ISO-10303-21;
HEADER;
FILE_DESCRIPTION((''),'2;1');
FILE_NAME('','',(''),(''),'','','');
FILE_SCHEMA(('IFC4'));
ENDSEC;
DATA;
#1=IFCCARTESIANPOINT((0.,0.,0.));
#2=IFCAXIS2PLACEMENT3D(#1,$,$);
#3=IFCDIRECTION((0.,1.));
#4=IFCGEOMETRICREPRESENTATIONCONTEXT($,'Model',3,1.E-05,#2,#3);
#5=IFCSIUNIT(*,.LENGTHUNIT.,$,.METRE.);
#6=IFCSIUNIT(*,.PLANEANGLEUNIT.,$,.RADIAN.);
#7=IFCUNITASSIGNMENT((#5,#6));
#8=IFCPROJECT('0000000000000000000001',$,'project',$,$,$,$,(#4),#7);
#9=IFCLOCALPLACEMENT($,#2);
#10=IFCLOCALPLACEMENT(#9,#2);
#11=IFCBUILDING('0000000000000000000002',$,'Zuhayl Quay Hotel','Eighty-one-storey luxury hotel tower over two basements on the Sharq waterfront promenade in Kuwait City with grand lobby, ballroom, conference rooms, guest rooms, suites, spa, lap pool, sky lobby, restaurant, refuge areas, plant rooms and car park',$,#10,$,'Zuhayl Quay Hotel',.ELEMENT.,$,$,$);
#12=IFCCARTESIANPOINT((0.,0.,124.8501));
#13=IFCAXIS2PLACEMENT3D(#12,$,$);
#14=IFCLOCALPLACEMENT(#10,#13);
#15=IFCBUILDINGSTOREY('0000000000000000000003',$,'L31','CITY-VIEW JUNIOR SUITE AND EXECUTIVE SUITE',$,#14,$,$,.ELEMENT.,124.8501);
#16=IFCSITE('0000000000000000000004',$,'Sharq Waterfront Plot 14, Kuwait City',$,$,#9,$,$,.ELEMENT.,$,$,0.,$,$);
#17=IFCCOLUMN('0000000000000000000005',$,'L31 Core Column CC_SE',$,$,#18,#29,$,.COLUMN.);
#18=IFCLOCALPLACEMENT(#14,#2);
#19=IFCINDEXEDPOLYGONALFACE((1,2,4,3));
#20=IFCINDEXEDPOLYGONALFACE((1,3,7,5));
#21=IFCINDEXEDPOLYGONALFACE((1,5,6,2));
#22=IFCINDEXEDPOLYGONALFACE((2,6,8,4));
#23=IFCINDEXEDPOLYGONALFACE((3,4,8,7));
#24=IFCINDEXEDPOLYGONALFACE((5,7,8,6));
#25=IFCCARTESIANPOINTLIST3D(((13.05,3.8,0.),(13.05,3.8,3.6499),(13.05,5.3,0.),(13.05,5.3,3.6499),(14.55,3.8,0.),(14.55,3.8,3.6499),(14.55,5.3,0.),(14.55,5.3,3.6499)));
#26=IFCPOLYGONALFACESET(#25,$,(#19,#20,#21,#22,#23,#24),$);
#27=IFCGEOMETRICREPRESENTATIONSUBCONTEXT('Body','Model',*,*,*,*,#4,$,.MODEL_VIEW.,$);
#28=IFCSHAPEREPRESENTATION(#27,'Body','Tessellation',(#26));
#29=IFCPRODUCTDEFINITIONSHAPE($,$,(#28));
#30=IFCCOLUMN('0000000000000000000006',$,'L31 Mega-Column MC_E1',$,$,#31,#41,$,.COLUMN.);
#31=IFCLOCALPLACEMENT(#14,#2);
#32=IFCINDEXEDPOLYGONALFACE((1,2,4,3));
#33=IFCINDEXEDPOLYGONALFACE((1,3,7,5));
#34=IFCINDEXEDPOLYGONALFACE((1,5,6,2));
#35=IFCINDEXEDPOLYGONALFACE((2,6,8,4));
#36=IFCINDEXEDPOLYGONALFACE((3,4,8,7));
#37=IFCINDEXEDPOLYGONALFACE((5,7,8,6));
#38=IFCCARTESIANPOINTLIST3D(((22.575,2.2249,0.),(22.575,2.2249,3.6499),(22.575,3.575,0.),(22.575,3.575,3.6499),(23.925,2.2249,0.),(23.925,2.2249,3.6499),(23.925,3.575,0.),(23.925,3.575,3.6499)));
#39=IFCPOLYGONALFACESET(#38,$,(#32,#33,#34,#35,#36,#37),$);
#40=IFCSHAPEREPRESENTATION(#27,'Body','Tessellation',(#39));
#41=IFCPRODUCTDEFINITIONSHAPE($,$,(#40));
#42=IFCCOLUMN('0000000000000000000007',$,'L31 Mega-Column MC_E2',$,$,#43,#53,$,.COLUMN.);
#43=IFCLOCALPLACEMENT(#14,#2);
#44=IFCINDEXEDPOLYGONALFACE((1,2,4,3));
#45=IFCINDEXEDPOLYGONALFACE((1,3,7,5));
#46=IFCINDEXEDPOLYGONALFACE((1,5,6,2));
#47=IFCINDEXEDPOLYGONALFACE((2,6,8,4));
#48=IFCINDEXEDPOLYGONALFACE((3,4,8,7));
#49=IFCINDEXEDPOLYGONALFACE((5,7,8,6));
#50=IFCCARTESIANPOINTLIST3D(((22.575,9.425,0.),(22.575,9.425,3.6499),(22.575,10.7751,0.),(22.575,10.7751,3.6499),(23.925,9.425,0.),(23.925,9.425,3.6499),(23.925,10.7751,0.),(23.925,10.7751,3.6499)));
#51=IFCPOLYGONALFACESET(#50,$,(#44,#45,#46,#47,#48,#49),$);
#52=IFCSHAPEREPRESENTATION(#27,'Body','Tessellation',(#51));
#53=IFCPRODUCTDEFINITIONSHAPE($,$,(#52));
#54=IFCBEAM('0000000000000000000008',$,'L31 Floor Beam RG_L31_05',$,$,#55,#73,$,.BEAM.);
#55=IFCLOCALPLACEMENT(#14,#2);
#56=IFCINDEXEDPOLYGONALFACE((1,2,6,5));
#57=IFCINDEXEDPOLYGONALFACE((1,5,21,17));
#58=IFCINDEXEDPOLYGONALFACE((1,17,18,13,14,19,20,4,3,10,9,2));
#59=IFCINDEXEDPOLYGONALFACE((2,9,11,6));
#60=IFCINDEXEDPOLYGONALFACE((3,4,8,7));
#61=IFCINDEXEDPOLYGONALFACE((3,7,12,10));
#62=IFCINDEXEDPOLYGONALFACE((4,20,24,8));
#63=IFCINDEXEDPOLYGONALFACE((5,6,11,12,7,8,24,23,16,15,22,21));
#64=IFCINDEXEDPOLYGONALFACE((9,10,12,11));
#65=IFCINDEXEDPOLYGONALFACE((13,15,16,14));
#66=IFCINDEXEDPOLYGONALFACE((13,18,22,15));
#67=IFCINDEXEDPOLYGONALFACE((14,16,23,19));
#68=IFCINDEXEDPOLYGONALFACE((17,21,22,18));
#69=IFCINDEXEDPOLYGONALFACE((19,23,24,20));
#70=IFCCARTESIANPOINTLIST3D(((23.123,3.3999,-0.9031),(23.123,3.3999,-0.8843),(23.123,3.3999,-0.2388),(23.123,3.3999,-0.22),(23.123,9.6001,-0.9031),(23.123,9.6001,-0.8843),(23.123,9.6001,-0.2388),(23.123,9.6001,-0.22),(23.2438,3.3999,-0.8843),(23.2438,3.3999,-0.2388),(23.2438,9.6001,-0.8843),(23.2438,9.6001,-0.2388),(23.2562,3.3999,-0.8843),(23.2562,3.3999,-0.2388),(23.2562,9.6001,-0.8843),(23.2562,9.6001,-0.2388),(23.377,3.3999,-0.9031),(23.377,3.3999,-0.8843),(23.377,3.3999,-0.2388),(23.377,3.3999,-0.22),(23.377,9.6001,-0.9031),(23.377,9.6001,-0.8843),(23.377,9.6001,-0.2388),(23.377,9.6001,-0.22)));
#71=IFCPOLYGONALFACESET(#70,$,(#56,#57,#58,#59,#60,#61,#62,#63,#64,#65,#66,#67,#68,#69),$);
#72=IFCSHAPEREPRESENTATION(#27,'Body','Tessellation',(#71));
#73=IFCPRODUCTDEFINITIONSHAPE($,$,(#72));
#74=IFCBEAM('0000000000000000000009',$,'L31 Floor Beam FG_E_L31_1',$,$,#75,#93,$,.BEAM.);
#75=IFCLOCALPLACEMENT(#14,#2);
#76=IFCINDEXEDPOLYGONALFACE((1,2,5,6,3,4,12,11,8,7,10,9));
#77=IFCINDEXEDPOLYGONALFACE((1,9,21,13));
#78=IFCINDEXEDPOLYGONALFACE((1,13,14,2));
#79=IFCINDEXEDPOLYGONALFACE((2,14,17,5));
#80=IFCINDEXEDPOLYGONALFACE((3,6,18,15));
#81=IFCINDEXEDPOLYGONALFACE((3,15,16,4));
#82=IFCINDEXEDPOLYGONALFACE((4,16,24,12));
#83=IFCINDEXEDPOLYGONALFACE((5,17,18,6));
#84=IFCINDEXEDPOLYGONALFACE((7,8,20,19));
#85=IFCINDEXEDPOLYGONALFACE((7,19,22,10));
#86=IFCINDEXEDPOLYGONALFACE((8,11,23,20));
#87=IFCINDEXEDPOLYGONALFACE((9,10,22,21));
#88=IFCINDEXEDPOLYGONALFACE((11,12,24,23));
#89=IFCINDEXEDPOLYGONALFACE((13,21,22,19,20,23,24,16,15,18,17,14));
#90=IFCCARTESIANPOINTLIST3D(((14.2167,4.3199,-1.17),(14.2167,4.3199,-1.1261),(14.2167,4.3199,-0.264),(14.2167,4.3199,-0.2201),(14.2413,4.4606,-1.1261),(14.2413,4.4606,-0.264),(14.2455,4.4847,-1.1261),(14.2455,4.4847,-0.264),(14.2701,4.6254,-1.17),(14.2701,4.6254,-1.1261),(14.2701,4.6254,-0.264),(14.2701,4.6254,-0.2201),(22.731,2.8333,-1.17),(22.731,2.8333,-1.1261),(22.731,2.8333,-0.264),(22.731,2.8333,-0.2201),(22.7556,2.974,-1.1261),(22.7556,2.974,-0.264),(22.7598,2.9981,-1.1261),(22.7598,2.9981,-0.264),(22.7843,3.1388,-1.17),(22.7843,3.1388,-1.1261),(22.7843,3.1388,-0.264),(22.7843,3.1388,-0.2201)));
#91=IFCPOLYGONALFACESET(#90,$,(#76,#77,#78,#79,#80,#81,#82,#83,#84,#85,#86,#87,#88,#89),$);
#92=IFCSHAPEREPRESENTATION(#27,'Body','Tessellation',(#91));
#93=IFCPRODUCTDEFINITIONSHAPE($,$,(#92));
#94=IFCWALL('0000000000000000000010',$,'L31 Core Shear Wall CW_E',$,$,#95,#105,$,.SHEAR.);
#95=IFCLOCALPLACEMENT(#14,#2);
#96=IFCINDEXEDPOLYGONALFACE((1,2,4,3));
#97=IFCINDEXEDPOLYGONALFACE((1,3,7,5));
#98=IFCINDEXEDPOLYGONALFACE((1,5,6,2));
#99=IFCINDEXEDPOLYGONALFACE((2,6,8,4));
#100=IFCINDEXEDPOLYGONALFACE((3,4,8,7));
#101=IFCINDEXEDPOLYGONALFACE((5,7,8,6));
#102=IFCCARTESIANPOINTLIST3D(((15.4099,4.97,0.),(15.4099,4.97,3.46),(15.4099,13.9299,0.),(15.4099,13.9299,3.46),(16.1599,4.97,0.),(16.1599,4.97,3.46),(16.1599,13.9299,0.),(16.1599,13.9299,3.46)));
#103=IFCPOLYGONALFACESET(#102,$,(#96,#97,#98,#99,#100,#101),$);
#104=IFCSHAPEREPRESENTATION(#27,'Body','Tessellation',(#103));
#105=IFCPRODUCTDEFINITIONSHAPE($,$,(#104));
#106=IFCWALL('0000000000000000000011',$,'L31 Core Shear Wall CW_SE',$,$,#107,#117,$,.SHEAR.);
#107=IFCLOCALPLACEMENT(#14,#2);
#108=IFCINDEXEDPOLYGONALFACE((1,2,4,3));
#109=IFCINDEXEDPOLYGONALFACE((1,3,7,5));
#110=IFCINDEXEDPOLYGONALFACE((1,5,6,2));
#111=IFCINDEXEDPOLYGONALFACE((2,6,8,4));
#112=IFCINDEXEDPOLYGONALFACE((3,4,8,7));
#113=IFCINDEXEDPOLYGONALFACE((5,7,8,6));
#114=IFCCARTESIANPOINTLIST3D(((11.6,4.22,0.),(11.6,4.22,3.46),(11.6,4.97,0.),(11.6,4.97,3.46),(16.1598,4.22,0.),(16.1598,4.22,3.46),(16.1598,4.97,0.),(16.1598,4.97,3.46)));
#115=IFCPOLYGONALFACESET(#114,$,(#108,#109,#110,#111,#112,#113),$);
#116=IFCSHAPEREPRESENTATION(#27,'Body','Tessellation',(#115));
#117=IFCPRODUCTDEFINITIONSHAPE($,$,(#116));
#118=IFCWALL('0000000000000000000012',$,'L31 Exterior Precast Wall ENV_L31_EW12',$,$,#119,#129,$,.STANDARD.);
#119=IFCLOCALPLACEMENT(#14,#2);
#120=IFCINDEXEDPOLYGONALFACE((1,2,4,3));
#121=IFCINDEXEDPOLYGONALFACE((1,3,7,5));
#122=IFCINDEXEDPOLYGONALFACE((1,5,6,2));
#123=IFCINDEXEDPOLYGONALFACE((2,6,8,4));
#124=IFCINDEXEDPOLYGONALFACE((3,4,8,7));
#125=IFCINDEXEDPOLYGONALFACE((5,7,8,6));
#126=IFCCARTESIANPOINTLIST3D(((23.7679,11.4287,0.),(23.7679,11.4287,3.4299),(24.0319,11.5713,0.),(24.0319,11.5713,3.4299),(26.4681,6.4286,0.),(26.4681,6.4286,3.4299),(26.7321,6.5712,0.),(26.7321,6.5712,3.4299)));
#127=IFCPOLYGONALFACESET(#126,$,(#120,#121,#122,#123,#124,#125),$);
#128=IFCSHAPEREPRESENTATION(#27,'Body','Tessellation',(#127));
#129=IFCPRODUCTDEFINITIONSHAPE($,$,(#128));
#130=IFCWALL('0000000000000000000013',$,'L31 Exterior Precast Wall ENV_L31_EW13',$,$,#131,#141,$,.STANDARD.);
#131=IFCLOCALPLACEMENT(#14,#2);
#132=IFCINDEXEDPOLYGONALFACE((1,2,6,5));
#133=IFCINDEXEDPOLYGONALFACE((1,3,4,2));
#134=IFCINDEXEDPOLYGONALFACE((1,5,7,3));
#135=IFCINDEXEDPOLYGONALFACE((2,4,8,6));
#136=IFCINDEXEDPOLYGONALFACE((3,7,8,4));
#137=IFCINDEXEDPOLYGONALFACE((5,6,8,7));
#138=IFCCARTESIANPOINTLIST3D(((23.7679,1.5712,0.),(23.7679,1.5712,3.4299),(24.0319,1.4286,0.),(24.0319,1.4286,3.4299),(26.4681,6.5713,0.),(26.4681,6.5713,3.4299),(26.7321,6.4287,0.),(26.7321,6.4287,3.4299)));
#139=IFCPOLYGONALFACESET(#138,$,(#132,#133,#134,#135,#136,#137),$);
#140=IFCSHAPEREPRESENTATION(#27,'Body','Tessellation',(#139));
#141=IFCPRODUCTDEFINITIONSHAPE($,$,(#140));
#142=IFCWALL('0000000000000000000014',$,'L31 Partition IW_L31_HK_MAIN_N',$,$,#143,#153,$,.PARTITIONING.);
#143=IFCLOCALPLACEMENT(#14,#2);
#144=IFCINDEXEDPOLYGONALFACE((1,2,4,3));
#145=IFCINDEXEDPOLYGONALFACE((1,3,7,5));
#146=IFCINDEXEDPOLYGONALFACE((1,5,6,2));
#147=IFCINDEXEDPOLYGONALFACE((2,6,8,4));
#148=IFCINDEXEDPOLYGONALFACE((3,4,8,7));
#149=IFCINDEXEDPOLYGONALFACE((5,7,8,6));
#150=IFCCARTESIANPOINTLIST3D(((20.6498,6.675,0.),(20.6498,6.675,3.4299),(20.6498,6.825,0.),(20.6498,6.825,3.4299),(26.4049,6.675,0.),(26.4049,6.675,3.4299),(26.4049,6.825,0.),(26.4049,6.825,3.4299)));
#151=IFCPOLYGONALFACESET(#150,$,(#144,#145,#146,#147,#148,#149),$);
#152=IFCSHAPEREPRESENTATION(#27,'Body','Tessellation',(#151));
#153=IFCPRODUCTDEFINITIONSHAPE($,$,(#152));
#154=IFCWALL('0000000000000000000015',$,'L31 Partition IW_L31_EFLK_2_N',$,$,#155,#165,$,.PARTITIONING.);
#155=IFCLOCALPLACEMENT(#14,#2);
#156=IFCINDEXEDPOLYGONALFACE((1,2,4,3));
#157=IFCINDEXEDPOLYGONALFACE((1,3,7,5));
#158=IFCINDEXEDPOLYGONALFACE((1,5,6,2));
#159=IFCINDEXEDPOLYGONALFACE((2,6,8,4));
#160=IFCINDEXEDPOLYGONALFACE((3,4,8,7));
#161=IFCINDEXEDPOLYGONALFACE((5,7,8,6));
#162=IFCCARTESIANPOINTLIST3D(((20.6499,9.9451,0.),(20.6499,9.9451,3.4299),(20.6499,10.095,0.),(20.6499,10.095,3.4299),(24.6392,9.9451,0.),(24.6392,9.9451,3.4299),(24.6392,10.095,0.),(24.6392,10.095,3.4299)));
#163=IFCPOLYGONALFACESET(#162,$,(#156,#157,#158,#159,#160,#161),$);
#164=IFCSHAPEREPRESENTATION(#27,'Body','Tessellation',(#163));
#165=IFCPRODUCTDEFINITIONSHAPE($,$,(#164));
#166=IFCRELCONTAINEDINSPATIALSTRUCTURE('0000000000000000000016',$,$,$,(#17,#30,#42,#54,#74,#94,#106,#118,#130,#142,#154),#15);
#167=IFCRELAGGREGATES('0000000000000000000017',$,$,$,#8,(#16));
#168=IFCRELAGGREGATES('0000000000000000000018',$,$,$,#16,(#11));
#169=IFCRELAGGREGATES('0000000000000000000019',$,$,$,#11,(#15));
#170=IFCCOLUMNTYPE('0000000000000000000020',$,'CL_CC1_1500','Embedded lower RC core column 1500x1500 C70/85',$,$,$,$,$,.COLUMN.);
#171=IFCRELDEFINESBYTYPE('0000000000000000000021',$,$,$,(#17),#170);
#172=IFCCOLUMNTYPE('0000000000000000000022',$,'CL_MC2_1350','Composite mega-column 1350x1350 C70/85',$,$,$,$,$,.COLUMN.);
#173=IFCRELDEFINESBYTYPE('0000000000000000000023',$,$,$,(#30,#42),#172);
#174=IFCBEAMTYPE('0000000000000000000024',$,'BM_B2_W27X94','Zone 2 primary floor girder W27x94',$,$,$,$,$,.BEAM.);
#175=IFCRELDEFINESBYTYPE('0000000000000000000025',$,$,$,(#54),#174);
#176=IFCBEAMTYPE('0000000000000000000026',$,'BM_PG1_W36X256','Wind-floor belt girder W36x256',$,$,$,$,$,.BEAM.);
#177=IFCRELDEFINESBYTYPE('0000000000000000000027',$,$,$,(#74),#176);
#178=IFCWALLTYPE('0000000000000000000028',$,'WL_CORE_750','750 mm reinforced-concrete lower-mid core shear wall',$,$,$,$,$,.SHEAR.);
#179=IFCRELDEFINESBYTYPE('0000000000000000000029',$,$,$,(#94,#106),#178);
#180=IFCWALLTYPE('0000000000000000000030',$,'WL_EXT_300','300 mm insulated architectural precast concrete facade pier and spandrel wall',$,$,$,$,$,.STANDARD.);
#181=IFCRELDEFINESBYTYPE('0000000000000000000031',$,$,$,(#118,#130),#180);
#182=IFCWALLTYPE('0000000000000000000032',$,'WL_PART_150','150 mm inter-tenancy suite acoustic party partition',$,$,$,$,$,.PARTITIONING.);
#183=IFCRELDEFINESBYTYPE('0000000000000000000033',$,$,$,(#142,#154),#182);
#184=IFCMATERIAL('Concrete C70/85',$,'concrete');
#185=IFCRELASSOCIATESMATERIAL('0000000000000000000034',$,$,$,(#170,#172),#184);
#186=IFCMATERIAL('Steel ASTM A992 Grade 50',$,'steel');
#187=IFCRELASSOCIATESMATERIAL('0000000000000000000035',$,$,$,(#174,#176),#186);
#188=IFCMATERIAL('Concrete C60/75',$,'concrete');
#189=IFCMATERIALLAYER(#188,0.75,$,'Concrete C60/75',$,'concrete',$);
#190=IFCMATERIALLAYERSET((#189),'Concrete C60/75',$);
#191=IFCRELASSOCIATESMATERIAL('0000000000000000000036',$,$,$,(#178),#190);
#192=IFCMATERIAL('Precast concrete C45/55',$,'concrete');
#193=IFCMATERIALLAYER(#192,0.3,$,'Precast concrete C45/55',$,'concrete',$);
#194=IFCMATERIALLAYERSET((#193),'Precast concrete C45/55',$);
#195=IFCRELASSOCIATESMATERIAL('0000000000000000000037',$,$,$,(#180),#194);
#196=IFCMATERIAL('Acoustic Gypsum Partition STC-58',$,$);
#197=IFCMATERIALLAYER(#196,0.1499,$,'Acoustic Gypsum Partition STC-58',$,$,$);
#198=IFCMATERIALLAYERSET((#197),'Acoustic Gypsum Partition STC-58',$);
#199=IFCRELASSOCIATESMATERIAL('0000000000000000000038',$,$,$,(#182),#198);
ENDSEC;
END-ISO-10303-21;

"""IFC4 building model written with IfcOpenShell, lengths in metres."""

from ifc_helpers import new_model, si_unit, direction, frame, frame_2d, origin, origin_2d, place, context, subcontext, project, spatial, rectangle, i_section, extrude, material, layer, layer_set, material_profile, profile_set, type_object, element, save


model = new_model("IFC4")

# Units and contexts
model_context = context("Model", 3, precision=1e-05, world=origin(), true_north=direction((0.0, 1.0)))
body_context = subcontext(model_context, "Body", "Model", "MODEL_VIEW")
ifc_project = project(units=[si_unit("LENGTHUNIT", "METRE"), si_unit("PLANEANGLEUNIT", "RADIAN")], contexts=[model_context])

# Site, building, storey
site_placement = place(None, origin())
site = spatial("IfcSite", under=ifc_project, at=site_placement, Name="Sharq Waterfront Plot 14, Kuwait City", CompositionType="ELEMENT", RefElevation=0.0)
building_placement = place(site_placement, origin())
building = spatial("IfcBuilding", under=site, at=building_placement, Name="Zuhayl Quay Hotel", Description="Eighty-one-storey luxury hotel tower over two basements on the Sharq waterfront promenade in Kuwait City with grand lobby, ballroom, conference rooms, guest rooms, suites, spa, lap pool, sky lobby, restaurant, refuge areas, plant rooms and car park", LongName="Zuhayl Quay Hotel", CompositionType="ELEMENT")
storey_placement = place(building_placement, frame((0.0, 0.0, 124.8501)))
storey = spatial("IfcBuildingStorey", under=building, at=storey_placement, Name="L31", Description="CITY-VIEW JUNIOR SUITE AND EXECUTIVE SUITE", CompositionType="ELEMENT", Elevation=124.8501)

# Columns
ifc_material_1 = material(Name="Concrete C70/85", Category="concrete")
ifc_material_profile_1 = material_profile(ifc_material_1, rectangle(XDim=1.5, YDim=1.5, at=origin_2d()), Name="RC1500X1500")
ifc_profile_set_1 = profile_set([ifc_material_profile_1], Name="Concrete C70/85")
column_type_1 = type_object("IfcColumnType", Name="CL_CC1_1500", Description="Embedded lower RC core column 1500x1500 C70/85", PredefinedType="COLUMN", material=ifc_profile_set_1)
column_placement = place(storey_placement, frame((13.8, 4.55, 0.0), z_axis=(0.0, 0.0, 1.0), x_axis=(1.0, 0.0, 0.0)))
element("IfcColumn", 1, at=column_placement, inside=storey, type_object=column_type_1, Name="L31 Core Column CC_SE", PredefinedType="COLUMN", context=body_context, shape_type="SweptSolid", body=[
    extrude(rectangle(XDim=1.5, YDim=1.5, at=origin_2d()), origin(), (0.0, 0.0, 1.0), 3.6499),
])
ifc_material_profile_2 = material_profile(ifc_material_1, rectangle(XDim=1.3501, YDim=1.3501, at=origin_2d()), Name="RC1350X1350")
ifc_profile_set_2 = profile_set([ifc_material_profile_2], Name="Concrete C70/85")
column_type_2 = type_object("IfcColumnType", Name="CL_MC2_1350", Description="Composite mega-column 1350x1350 C70/85", PredefinedType="COLUMN", material=ifc_profile_set_2)
for number, where, z_axis, x_axis, name in (
    (2, (23.25, 2.8999, 0.0), (0.0, 0.0, 1.0), (1.0, 0.0, 0.0), "L31 Mega-Column MC_E1"),
    (3, (23.25, 10.1001, 0.0), (0.0, 0.0, 1.0), (1.0, 0.0, 0.0), "L31 Mega-Column MC_E2"),
):
    element("IfcColumn", number, at=place(storey_placement, frame(where, z_axis=z_axis, x_axis=x_axis)), inside=storey, type_object=column_type_2, Name=name, PredefinedType="COLUMN", context=body_context, shape_type="SweptSolid", body=[
        extrude(rectangle(XDim=1.3501, YDim=1.3501, at=origin_2d()), origin(), (0.0, 0.0, 1.0), 3.6499),
    ])

# Beams
ifc_material_2 = material(Name="Steel ASTM A992 Grade 50", Category="steel")
ifc_material_profile_3 = material_profile(ifc_material_2, i_section(OverallWidth=0.2539, OverallDepth=0.6831, WebThickness=0.0125, FlangeThickness=0.0188, at=origin_2d()), Name="W27X94")
ifc_profile_set_3 = profile_set([ifc_material_profile_3], Name="Steel ASTM A992 Grade 50")
beam_type_1 = type_object("IfcBeamType", Name="BM_B2_W27X94", Description="Zone 2 primary floor girder W27x94", PredefinedType="BEAM", material=ifc_profile_set_3)
beam_1_placement = place(storey_placement, frame((23.25, 3.3999, -0.5615), z_axis=(0.0, 1.0, 0.0), x_axis=(-1.0, 0.0, 0.0)))
element("IfcBeam", 4, at=beam_1_placement, inside=storey, type_object=beam_type_1, Name="L31 Floor Beam RG_L31_05", PredefinedType="BEAM", context=body_context, shape_type="SweptSolid", body=[
    extrude(i_section(OverallWidth=0.2539, OverallDepth=0.6831, WebThickness=0.0125, FlangeThickness=0.0188, at=origin_2d()), origin(), (0.0, 0.0, 1.0), 6.2002),
])
ifc_material_profile_4 = material_profile(ifc_material_2, i_section(OverallWidth=0.3101, OverallDepth=0.95, WebThickness=0.0244, FlangeThickness=0.0439, at=origin_2d()), Name="W36X256")
ifc_profile_set_4 = profile_set([ifc_material_profile_4], Name="Steel ASTM A992 Grade 50")
beam_type_2 = type_object("IfcBeamType", Name="BM_PG1_W36X256", Description="Wind-floor belt girder W36x256", PredefinedType="BEAM", material=ifc_profile_set_4)
beam_2_placement = place(storey_placement, frame((14.2434, 4.4727, -0.6951), z_axis=(0.985097, -0.171998, 0.0), x_axis=(0.171998, 0.985097, 0.0)))
element("IfcBeam", 5, at=beam_2_placement, inside=storey, type_object=beam_type_2, Name="L31 Floor Beam FG_E_L31_1", PredefinedType="BEAM", context=body_context, shape_type="SweptSolid", body=[
    extrude(i_section(OverallWidth=0.3101, OverallDepth=0.95, WebThickness=0.0244, FlangeThickness=0.0439, at=origin_2d()), origin(), (0.0, 0.0, 1.0), 8.6431),
])

# Walls
ifc_material_3 = material(Name="Concrete C60/75", Category="concrete")
ifc_layer_1 = layer(ifc_material_3, 0.75, Name="Concrete C60/75", Category="concrete")
ifc_layer_set_1 = layer_set([ifc_layer_1], Name="Concrete C60/75")
wall_type_1 = type_object("IfcWallType", Name="WL_CORE_750", Description="750 mm reinforced-concrete lower-mid core shear wall", PredefinedType="SHEAR", material=ifc_layer_set_1)
wall_1_placement = place(storey_placement, frame((15.7849, 4.97, 0.0), z_axis=(0.0, 0.0, 1.0), x_axis=(0.0, 1.0, 0.0)))
element("IfcWall", 6, at=wall_1_placement, inside=storey, type_object=wall_type_1, Name="L31 Core Shear Wall CW_E", PredefinedType="SHEAR", context=body_context, shape_type="SweptSolid", body=[
    extrude(rectangle(XDim=8.96, YDim=0.75, at=frame_2d((4.48, 0.0))), origin(), (0.0, 0.0, 1.0), 3.46),
])
wall_2_placement = place(storey_placement, frame((11.6001, 4.595, 0.0), z_axis=(0.0, 0.0, 1.0), x_axis=(1.0, 0.0, 0.0)))
element("IfcWall", 7, at=wall_2_placement, inside=storey, type_object=wall_type_1, Name="L31 Core Shear Wall CW_SE", PredefinedType="SHEAR", context=body_context, shape_type="SweptSolid", body=[
    extrude(rectangle(XDim=4.5598, YDim=0.75, at=frame_2d((2.2798, 0.0))), origin(), (0.0, 0.0, 1.0), 3.46),
])
ifc_material_4 = material(Name="Precast concrete C45/55", Category="concrete")
ifc_layer_2 = layer(ifc_material_4, 0.3, Name="Precast concrete C45/55", Category="concrete")
ifc_layer_set_2 = layer_set([ifc_layer_2], Name="Precast concrete C45/55")
wall_type_2 = type_object("IfcWallType", Name="WL_EXT_300", Description="300 mm insulated architectural precast concrete facade pier and spandrel wall", PredefinedType="STANDARD", material=ifc_layer_set_2)
for number, where, z_axis, x_axis, name in (
    (8, (23.8999, 11.5, 0.0), (0.0, 0.0, 1.0), (0.475176, -0.879891, 0.0), "L31 Exterior Precast Wall ENV_L31_EW12"),
    (9, (26.6001, 6.5, 0.0), (0.0, 0.0, 1.0), (-0.475176, -0.879891, 0.0), "L31 Exterior Precast Wall ENV_L31_EW13"),
):
    element("IfcWall", number, at=place(storey_placement, frame(where, z_axis=z_axis, x_axis=x_axis)), inside=storey, type_object=wall_type_2, Name=name, PredefinedType="STANDARD", context=body_context, shape_type="SweptSolid", body=[
        extrude(rectangle(XDim=5.6826, YDim=0.3, at=frame_2d((2.8413, 0.0))), origin(), (0.0, 0.0, 1.0), 3.4299),
    ])
ifc_material_5 = material(Name="Acoustic Gypsum Partition STC-58")
ifc_layer_3 = layer(ifc_material_5, 0.1499, Name="Acoustic Gypsum Partition STC-58")
ifc_layer_set_3 = layer_set([ifc_layer_3], Name="Acoustic Gypsum Partition STC-58")
wall_type_3 = type_object("IfcWallType", Name="WL_PART_150", Description="150 mm inter-tenancy suite acoustic party partition", PredefinedType="PARTITIONING", material=ifc_layer_set_3)
wall_3_placement = place(storey_placement, frame((20.6499, 6.75, 0.0), z_axis=(0.0, 0.0, 1.0), x_axis=(1.0, 0.0, 0.0)))
element("IfcWall", 10, at=wall_3_placement, inside=storey, type_object=wall_type_3, Name="L31 Partition IW_L31_HK_MAIN_N", PredefinedType="PARTITIONING", context=body_context, shape_type="SweptSolid", body=[
    extrude(rectangle(XDim=5.7551, YDim=0.1499, at=frame_2d((2.8774, 0.0))), origin(), (0.0, 0.0, 1.0), 3.4299),
])
wall_4_placement = place(storey_placement, frame((20.6499, 10.02, 0.0), z_axis=(0.0, 0.0, 1.0), x_axis=(1.0, 0.0, 0.0)))
element("IfcWall", 11, at=wall_4_placement, inside=storey, type_object=wall_type_3, Name="L31 Partition IW_L31_EFLK_2_N", PredefinedType="PARTITIONING", context=body_context, shape_type="SweptSolid", body=[
    extrude(rectangle(XDim=3.9893, YDim=0.1499, at=frame_2d((1.9946, 0.0))), origin(), (0.0, 0.0, 1.0), 3.4299),
])

save(model, "model.ifc")
